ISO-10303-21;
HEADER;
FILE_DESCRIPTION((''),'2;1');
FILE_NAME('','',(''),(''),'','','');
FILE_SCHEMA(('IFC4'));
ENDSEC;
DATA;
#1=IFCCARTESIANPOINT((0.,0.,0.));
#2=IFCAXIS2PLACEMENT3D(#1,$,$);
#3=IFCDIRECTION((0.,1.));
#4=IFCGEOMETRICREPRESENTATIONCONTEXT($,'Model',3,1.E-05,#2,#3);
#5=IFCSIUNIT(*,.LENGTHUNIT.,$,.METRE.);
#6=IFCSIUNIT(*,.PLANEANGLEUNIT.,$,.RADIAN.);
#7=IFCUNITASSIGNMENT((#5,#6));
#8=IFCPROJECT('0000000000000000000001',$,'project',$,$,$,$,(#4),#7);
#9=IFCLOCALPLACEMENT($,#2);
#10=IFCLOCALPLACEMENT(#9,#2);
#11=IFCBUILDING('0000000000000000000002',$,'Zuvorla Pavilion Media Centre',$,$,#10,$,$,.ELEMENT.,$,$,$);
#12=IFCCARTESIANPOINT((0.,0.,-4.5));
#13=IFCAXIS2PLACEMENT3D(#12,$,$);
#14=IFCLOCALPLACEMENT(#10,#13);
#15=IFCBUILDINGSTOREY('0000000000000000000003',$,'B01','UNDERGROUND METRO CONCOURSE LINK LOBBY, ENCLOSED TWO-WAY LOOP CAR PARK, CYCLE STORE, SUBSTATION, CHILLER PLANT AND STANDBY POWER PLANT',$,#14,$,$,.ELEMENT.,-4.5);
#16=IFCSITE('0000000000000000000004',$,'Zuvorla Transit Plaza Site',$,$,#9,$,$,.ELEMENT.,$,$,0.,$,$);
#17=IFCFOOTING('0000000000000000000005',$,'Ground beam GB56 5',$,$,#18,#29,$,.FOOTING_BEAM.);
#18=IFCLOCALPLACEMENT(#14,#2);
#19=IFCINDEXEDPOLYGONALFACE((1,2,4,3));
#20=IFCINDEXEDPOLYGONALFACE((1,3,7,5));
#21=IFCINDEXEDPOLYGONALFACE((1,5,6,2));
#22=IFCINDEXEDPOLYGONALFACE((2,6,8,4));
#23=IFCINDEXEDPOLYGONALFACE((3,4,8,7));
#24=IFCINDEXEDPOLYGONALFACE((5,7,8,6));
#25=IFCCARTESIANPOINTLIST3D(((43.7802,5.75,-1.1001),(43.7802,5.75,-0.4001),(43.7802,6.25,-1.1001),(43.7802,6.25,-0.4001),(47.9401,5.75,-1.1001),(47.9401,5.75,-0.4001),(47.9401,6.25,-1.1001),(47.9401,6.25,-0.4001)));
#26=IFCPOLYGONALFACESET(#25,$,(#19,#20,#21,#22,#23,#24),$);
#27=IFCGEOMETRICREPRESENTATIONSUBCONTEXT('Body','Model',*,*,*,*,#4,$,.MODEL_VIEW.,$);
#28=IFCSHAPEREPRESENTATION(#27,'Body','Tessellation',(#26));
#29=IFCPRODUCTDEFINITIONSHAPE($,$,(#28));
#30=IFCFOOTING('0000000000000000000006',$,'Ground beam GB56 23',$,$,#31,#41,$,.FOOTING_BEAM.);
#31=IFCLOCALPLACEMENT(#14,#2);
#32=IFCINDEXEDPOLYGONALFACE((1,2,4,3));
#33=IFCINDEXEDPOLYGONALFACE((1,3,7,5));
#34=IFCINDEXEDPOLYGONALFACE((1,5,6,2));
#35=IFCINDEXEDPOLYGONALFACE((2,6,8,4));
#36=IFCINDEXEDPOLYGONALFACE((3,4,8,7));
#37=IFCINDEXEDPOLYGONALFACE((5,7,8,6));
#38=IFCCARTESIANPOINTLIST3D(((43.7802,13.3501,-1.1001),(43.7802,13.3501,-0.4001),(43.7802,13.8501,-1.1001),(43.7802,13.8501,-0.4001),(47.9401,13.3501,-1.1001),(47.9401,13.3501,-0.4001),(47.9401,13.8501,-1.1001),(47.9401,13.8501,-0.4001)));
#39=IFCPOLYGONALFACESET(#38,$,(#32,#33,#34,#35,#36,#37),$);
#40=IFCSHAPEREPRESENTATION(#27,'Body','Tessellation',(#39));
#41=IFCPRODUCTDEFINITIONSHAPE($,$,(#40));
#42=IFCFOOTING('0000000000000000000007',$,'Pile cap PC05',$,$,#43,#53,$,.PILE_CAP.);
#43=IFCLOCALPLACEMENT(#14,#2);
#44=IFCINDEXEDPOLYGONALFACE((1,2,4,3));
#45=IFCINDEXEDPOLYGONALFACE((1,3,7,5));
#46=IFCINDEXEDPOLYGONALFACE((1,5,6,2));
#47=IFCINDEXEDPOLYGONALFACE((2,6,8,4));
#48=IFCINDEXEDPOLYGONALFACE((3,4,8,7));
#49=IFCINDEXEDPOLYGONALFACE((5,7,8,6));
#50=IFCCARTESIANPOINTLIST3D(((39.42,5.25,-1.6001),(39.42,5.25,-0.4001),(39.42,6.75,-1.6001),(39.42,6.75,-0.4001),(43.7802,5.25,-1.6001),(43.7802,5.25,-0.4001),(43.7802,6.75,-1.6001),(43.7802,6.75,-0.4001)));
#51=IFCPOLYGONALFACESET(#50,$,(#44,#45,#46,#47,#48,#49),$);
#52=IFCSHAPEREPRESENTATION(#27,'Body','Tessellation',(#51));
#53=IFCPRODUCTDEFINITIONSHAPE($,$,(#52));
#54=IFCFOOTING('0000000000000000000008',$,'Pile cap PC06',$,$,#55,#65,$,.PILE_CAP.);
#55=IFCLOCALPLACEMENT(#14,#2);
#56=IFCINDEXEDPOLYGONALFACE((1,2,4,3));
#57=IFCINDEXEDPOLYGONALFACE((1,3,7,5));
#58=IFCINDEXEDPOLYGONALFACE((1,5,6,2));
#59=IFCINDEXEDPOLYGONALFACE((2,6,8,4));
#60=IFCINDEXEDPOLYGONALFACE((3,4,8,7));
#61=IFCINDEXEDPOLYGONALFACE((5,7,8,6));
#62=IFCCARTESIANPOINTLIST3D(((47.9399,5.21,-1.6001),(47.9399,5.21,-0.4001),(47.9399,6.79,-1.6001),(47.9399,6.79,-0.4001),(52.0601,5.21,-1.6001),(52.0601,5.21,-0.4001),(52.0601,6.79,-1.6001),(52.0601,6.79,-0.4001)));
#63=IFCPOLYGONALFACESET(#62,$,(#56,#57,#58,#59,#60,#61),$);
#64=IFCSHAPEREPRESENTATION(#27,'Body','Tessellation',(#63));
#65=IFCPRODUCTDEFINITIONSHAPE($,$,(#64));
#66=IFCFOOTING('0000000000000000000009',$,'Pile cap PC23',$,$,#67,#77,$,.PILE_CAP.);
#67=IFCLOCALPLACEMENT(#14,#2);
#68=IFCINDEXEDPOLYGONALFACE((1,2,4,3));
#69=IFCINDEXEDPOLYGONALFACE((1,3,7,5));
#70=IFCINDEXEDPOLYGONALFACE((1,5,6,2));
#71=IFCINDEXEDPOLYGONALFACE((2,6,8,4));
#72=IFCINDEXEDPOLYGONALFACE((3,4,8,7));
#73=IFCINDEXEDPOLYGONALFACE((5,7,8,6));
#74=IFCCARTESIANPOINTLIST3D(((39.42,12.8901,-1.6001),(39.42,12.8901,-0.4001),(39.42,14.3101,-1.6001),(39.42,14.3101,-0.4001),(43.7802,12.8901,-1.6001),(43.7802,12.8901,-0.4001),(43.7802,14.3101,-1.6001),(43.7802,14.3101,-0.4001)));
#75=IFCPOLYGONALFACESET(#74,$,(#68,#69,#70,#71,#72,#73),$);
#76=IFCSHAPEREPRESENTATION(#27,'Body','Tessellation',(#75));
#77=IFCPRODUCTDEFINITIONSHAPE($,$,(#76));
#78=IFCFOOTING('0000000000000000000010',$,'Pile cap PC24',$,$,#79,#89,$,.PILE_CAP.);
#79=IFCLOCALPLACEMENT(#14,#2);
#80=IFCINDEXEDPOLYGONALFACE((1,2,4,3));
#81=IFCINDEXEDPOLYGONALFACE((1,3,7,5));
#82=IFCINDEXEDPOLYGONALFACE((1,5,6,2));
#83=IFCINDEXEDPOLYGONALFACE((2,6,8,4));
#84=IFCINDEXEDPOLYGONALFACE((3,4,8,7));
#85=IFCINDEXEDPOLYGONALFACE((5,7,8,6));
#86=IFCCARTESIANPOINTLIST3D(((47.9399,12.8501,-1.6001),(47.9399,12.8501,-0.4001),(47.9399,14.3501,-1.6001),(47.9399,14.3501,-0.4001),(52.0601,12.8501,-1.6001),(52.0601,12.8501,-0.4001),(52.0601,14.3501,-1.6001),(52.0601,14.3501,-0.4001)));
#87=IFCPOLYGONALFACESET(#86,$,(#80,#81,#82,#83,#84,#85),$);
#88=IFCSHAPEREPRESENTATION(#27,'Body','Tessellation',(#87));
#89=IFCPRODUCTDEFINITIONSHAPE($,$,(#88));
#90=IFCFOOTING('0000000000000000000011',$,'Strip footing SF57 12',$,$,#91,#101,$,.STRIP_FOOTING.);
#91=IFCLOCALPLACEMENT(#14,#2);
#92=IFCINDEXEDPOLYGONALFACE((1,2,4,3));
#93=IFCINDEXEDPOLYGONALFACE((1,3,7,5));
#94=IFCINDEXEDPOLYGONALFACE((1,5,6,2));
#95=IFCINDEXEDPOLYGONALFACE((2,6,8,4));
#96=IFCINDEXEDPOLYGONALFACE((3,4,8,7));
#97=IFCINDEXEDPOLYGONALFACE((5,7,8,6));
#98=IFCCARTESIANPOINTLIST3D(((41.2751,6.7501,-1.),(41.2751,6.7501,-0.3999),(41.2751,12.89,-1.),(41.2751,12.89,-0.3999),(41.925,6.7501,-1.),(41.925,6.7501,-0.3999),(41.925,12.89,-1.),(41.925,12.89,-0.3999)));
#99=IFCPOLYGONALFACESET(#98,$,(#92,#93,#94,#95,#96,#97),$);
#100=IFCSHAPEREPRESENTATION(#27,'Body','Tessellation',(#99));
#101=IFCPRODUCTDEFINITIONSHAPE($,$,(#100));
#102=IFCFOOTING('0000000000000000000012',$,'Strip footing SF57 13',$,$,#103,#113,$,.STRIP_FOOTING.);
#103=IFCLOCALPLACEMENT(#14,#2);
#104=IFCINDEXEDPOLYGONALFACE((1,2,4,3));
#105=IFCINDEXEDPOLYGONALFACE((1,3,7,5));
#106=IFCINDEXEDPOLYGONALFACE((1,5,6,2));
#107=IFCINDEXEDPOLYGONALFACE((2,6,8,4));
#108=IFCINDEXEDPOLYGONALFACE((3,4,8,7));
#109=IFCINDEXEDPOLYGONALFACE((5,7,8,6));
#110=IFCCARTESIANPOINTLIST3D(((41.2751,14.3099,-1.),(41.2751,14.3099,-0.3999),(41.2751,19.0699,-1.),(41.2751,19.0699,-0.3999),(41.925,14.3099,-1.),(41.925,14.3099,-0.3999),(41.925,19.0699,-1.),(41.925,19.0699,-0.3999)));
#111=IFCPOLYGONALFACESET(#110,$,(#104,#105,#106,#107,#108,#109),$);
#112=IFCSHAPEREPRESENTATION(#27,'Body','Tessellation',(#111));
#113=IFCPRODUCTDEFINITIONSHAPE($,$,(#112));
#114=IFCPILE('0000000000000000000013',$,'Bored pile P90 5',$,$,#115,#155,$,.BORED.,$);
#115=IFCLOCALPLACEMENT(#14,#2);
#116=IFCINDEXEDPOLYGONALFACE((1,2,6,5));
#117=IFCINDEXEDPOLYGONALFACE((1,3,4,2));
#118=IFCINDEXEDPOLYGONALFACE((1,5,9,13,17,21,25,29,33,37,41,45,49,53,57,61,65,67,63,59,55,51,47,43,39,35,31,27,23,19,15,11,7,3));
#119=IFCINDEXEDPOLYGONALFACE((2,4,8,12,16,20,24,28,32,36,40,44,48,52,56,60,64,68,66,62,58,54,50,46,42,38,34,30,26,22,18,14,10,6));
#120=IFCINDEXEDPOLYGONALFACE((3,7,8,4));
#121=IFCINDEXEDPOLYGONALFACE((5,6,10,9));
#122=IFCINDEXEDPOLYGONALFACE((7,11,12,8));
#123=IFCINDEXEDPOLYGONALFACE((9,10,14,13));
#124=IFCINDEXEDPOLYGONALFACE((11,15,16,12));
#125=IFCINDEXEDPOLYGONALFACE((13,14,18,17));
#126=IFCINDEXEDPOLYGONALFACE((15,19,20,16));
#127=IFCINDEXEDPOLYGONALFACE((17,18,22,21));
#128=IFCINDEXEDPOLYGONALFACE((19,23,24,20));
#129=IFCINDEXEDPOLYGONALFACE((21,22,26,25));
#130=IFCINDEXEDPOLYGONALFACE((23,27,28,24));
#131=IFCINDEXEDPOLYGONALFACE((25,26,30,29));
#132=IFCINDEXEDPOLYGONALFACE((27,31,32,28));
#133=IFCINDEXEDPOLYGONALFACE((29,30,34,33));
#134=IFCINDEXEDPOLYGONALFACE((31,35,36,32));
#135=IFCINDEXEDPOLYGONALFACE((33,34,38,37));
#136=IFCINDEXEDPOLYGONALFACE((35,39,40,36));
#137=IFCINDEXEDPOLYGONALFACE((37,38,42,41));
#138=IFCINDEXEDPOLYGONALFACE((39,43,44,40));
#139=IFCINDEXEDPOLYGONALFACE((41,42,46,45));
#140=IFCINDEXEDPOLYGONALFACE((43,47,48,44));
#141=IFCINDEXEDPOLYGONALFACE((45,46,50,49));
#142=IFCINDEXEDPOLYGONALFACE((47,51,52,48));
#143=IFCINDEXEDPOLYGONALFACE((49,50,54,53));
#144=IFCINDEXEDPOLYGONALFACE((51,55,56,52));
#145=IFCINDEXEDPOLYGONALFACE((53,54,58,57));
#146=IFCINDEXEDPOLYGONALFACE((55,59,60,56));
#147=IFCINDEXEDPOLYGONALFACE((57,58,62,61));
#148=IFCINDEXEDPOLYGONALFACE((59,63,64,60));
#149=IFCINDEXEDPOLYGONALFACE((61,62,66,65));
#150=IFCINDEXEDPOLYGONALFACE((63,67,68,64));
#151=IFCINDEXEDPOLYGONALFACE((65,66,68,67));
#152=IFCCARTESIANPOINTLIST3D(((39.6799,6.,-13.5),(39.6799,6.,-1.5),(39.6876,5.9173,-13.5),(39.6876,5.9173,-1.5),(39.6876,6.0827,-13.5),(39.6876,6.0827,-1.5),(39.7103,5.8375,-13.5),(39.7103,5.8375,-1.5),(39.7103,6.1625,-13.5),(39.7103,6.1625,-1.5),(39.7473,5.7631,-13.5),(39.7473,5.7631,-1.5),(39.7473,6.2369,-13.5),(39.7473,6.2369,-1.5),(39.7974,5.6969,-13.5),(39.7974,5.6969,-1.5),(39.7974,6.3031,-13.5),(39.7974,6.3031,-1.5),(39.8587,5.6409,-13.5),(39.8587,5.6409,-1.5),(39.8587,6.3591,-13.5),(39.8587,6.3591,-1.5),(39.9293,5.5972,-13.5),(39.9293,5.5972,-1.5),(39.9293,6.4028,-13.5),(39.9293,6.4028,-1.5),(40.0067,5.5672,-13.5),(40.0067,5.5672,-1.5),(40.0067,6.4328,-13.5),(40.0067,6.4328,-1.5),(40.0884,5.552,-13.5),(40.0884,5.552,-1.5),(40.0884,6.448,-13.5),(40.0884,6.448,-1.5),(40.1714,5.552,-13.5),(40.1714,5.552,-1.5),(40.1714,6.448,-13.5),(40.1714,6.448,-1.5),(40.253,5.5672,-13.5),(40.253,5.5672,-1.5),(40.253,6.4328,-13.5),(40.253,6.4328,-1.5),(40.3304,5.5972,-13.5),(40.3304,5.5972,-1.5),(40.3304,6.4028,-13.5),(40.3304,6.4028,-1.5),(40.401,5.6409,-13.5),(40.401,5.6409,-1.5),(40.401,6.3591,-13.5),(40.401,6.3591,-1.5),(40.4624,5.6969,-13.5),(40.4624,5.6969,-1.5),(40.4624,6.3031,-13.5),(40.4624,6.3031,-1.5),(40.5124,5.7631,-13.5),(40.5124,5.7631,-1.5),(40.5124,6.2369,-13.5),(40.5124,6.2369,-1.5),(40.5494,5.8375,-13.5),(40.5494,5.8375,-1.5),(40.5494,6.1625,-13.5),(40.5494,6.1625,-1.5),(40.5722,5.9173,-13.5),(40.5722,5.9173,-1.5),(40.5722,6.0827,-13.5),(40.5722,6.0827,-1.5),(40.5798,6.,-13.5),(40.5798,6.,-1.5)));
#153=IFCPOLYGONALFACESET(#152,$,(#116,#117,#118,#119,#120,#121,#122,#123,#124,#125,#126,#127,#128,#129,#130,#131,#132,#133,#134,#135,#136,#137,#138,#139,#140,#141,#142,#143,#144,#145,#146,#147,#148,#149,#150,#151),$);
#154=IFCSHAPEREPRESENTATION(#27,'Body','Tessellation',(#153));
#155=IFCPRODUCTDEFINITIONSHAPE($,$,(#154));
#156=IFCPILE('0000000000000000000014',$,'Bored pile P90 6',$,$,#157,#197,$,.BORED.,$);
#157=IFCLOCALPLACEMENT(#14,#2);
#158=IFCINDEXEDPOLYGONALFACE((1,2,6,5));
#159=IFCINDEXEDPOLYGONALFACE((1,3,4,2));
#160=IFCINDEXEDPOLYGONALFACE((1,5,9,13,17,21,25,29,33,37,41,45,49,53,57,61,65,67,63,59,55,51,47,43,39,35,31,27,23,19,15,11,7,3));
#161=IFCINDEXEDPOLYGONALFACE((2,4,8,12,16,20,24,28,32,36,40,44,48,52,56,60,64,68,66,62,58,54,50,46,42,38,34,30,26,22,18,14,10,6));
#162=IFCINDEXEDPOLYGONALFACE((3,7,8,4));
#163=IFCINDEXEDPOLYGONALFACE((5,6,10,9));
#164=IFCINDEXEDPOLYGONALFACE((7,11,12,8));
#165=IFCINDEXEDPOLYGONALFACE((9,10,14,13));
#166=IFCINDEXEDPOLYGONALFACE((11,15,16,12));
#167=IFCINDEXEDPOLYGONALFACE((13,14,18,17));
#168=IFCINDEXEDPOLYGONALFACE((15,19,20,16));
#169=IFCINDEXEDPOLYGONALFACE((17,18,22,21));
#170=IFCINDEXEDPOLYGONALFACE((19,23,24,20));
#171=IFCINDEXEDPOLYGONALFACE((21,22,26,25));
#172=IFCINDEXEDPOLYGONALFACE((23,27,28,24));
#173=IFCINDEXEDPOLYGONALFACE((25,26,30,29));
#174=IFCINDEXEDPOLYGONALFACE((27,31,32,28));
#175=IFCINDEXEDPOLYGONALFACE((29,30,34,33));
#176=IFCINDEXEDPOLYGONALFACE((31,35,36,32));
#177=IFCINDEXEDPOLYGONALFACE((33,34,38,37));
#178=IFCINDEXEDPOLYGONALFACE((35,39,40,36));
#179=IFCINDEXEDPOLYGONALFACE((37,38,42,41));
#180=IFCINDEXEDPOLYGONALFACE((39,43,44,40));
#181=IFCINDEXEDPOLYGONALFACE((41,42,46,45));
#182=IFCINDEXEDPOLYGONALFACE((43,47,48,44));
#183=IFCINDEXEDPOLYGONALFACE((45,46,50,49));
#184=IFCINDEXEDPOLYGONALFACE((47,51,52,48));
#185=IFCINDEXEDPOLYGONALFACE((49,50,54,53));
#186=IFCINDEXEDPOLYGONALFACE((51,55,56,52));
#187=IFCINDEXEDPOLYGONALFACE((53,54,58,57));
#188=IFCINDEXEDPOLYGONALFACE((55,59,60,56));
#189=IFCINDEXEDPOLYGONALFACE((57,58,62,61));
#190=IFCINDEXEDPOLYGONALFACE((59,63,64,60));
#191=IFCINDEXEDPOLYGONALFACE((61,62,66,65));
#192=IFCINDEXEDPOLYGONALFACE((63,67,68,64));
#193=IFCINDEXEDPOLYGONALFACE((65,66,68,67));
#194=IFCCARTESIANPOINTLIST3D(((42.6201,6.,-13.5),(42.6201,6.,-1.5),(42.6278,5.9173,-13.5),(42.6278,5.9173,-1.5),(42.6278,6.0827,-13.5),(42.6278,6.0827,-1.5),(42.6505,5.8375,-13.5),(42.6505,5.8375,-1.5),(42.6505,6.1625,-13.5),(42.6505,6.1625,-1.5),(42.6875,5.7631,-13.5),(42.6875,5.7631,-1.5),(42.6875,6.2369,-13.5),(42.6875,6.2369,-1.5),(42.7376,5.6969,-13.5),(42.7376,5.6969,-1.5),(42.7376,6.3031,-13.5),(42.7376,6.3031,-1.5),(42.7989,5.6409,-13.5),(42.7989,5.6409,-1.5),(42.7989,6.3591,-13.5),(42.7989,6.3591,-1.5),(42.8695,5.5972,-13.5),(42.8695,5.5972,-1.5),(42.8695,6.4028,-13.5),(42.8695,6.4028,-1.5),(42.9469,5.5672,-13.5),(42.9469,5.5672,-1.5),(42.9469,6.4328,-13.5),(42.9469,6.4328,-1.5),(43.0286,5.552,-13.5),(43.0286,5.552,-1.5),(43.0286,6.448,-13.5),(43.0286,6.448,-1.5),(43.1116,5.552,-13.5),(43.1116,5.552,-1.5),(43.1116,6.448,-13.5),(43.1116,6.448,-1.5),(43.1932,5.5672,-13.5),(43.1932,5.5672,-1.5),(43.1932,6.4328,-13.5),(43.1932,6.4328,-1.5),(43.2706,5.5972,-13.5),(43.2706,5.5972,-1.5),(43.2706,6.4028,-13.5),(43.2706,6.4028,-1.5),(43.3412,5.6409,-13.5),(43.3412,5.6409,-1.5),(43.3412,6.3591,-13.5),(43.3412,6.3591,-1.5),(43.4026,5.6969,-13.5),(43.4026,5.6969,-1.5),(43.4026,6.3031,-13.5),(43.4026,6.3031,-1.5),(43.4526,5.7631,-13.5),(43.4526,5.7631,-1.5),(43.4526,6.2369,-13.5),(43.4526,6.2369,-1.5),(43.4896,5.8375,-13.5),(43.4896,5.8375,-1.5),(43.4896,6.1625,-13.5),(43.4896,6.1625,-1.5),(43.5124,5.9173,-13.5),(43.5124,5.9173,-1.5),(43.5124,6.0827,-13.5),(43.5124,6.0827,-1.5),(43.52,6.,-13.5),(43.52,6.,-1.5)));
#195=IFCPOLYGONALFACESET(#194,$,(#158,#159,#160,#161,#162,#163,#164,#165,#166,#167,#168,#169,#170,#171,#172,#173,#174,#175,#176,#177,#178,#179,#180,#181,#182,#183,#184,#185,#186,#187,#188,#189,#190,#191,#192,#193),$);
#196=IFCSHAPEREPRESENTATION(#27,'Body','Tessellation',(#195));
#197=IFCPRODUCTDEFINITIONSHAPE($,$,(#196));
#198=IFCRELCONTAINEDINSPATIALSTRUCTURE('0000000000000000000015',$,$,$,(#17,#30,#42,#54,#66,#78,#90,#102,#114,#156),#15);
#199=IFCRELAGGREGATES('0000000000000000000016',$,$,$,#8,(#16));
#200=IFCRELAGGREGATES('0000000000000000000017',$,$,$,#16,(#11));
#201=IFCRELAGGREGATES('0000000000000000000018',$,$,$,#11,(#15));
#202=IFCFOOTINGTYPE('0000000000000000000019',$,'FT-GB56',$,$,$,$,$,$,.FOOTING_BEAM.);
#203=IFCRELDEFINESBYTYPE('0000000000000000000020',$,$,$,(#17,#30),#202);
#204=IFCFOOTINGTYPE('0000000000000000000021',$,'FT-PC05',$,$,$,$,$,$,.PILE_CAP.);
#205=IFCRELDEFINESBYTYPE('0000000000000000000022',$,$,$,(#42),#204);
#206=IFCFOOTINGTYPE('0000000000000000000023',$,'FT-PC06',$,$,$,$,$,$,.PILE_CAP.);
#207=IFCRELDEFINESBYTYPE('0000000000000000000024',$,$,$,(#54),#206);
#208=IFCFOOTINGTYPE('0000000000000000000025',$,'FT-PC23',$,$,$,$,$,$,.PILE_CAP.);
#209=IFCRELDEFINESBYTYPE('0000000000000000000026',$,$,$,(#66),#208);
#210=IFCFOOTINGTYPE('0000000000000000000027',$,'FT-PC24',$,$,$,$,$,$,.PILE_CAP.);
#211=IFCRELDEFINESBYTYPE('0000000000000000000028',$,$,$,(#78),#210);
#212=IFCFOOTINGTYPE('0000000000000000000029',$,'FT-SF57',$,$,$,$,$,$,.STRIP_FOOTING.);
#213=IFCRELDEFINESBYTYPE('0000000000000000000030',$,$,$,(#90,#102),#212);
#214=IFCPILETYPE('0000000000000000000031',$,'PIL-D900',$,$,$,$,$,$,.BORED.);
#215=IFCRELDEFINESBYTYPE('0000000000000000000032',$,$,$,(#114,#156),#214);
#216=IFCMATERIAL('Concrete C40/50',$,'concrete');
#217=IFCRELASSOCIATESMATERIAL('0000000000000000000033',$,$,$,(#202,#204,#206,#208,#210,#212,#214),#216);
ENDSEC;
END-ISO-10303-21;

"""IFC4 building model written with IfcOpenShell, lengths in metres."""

from ifc_helpers import new_model, si_unit, direction, frame, origin, origin_2d, place, context, subcontext, project, spatial, rectangle, circle, extrude, material, material_profile, profile_set, type_object, element, save


model = new_model("IFC4")

# Units and contexts
model_context = context("Model", 3, precision=1e-05, world=origin(), true_north=direction((0.0, 1.0)))
body_context = subcontext(model_context, "Body", "Model", "MODEL_VIEW")
ifc_project = project(units=[si_unit("LENGTHUNIT", "METRE"), si_unit("PLANEANGLEUNIT", "RADIAN")], contexts=[model_context])

# Site, building, storey
site_placement = place(None, origin())
site = spatial("IfcSite", under=ifc_project, at=site_placement, Name="Zuvorla Transit Plaza Site", CompositionType="ELEMENT", RefElevation=0.0)
building_placement = place(site_placement, origin())
building = spatial("IfcBuilding", under=site, at=building_placement, Name="Zuvorla Pavilion Media Centre", CompositionType="ELEMENT")
storey_placement = place(building_placement, frame((0.0, 0.0, -4.5)))
storey = spatial("IfcBuildingStorey", under=building, at=storey_placement, Name="B01", Description="UNDERGROUND METRO CONCOURSE LINK LOBBY, ENCLOSED TWO-WAY LOOP CAR PARK, CYCLE STORE, SUBSTATION, CHILLER PLANT AND STANDBY POWER PLANT", CompositionType="ELEMENT", Elevation=-4.5)

# Footings
ifc_material_1 = material(Name="Concrete C40/50", Category="concrete")
footing_type_1 = type_object("IfcFootingType", Name="FT-GB56", PredefinedType="FOOTING_BEAM", material=ifc_material_1)
for number, where, z_axis, x_axis, name in (
    (1, (45.8601, 6.0, -1.1001), (0.0, 0.0, 1.0), (1.0, 0.0, 0.0), "Ground beam GB56 5"),
    (2, (45.8601, 13.6001, -1.1001), (0.0, 0.0, 1.0), (1.0, 0.0, 0.0), "Ground beam GB56 23"),
):
    element("IfcFooting", number, at=place(storey_placement, frame(where, z_axis=z_axis, x_axis=x_axis)), inside=storey, type_object=footing_type_1, Name=name, PredefinedType="FOOTING_BEAM", context=body_context, shape_type="SweptSolid", body=[
        extrude(rectangle(XDim=4.1599, YDim=0.5, at=origin_2d()), origin(), (0.0, 0.0, 1.0), 0.7),
    ])
footing_type_2 = type_object("IfcFootingType", Name="FT-PC05", PredefinedType="PILE_CAP", material=ifc_material_1)
footing_1_placement = place(storey_placement, frame((41.6001, 6.0, -1.6001), z_axis=(0.0, 0.0, 1.0), x_axis=(1.0, 0.0, 0.0)))
element("IfcFooting", 3, at=footing_1_placement, inside=storey, type_object=footing_type_2, Name="Pile cap PC05", PredefinedType="PILE_CAP", context=body_context, shape_type="SweptSolid", body=[
    extrude(rectangle(XDim=4.3601, YDim=1.5, at=origin_2d()), origin(), (0.0, 0.0, 1.0), 1.2),
])
footing_type_3 = type_object("IfcFootingType", Name="FT-PC06", PredefinedType="PILE_CAP", material=ifc_material_1)
footing_2_placement = place(storey_placement, frame((50.0, 6.0, -1.6001), z_axis=(0.0, 0.0, 1.0), x_axis=(1.0, 0.0, 0.0)))
element("IfcFooting", 4, at=footing_2_placement, inside=storey, type_object=footing_type_3, Name="Pile cap PC06", PredefinedType="PILE_CAP", context=body_context, shape_type="SweptSolid", body=[
    extrude(rectangle(XDim=4.1201, YDim=1.5801, at=origin_2d()), origin(), (0.0, 0.0, 1.0), 1.2),
])
footing_type_4 = type_object("IfcFootingType", Name="FT-PC23", PredefinedType="PILE_CAP", material=ifc_material_1)
footing_3_placement = place(storey_placement, frame((41.6001, 13.6001, -1.6001), z_axis=(0.0, 0.0, 1.0), x_axis=(1.0, 0.0, 0.0)))
element("IfcFooting", 5, at=footing_3_placement, inside=storey, type_object=footing_type_4, Name="Pile cap PC23", PredefinedType="PILE_CAP", context=body_context, shape_type="SweptSolid", body=[
    extrude(rectangle(XDim=4.3601, YDim=1.4199, at=origin_2d()), origin(), (0.0, 0.0, 1.0), 1.2),
])
footing_type_5 = type_object("IfcFootingType", Name="FT-PC24", PredefinedType="PILE_CAP", material=ifc_material_1)
footing_4_placement = place(storey_placement, frame((50.0, 13.6001, -1.6001), z_axis=(0.0, 0.0, 1.0), x_axis=(1.0, 0.0, 0.0)))
element("IfcFooting", 6, at=footing_4_placement, inside=storey, type_object=footing_type_5, Name="Pile cap PC24", PredefinedType="PILE_CAP", context=body_context, shape_type="SweptSolid", body=[
    extrude(rectangle(XDim=4.1201, YDim=1.5, at=origin_2d()), origin(), (0.0, 0.0, 1.0), 1.2),
])
footing_type_6 = type_object("IfcFootingType", Name="FT-SF57", PredefinedType="STRIP_FOOTING", material=ifc_material_1)
footing_5_placement = place(storey_placement, frame((41.6001, 9.8201, -1.0), z_axis=(0.0, 0.0, 1.0), x_axis=(0.0, 1.0, 0.0)))
element("IfcFooting", 7, at=footing_5_placement, inside=storey, type_object=footing_type_6, Name="Strip footing SF57 12", PredefinedType="STRIP_FOOTING", context=body_context, shape_type="SweptSolid", body=[
    extrude(rectangle(XDim=6.1399, YDim=0.6499, at=origin_2d()), origin(), (0.0, 0.0, 1.0), 0.6001),
])
footing_6_placement = place(storey_placement, frame((41.6001, 16.6899, -1.0), z_axis=(0.0, 0.0, 1.0), x_axis=(0.0, 1.0, 0.0)))
element("IfcFooting", 8, at=footing_6_placement, inside=storey, type_object=footing_type_6, Name="Strip footing SF57 13", PredefinedType="STRIP_FOOTING", context=body_context, shape_type="SweptSolid", body=[
    extrude(rectangle(XDim=4.76, YDim=0.6499, at=origin_2d()), origin(), (0.0, 0.0, 1.0), 0.6001),
])

# Piles
ifc_material_profile_1 = material_profile(ifc_material_1, circle(Radius=0.45, at=origin_2d()), Name="BORED PILE 900")
ifc_profile_set_1 = profile_set([ifc_material_profile_1], Name="Concrete C40/50")
pile_type = type_object("IfcPileType", Name="PIL-D900", PredefinedType="BORED", material=ifc_profile_set_1)
for number, where, z_axis, x_axis, name in (
    (9, (40.1299, 6.0, -1.5), (0.0, 0.0, -1.0), (1.0, 0.0, 0.0), "Bored pile P90 5"),
    (10, (43.0701, 6.0, -1.5), (0.0, 0.0, -1.0), (1.0, 0.0, 0.0), "Bored pile P90 6"),
):
    element("IfcPile", number, at=place(storey_placement, frame(where, z_axis=z_axis, x_axis=x_axis)), inside=storey, type_object=pile_type, Name=name, PredefinedType="BORED", context=body_context, shape_type="SweptSolid", body=[
        extrude(circle(Radius=0.45, at=origin_2d()), origin(), (0.0, 0.0, 1.0), 12.0),
    ])

save(model, "model.ifc")
